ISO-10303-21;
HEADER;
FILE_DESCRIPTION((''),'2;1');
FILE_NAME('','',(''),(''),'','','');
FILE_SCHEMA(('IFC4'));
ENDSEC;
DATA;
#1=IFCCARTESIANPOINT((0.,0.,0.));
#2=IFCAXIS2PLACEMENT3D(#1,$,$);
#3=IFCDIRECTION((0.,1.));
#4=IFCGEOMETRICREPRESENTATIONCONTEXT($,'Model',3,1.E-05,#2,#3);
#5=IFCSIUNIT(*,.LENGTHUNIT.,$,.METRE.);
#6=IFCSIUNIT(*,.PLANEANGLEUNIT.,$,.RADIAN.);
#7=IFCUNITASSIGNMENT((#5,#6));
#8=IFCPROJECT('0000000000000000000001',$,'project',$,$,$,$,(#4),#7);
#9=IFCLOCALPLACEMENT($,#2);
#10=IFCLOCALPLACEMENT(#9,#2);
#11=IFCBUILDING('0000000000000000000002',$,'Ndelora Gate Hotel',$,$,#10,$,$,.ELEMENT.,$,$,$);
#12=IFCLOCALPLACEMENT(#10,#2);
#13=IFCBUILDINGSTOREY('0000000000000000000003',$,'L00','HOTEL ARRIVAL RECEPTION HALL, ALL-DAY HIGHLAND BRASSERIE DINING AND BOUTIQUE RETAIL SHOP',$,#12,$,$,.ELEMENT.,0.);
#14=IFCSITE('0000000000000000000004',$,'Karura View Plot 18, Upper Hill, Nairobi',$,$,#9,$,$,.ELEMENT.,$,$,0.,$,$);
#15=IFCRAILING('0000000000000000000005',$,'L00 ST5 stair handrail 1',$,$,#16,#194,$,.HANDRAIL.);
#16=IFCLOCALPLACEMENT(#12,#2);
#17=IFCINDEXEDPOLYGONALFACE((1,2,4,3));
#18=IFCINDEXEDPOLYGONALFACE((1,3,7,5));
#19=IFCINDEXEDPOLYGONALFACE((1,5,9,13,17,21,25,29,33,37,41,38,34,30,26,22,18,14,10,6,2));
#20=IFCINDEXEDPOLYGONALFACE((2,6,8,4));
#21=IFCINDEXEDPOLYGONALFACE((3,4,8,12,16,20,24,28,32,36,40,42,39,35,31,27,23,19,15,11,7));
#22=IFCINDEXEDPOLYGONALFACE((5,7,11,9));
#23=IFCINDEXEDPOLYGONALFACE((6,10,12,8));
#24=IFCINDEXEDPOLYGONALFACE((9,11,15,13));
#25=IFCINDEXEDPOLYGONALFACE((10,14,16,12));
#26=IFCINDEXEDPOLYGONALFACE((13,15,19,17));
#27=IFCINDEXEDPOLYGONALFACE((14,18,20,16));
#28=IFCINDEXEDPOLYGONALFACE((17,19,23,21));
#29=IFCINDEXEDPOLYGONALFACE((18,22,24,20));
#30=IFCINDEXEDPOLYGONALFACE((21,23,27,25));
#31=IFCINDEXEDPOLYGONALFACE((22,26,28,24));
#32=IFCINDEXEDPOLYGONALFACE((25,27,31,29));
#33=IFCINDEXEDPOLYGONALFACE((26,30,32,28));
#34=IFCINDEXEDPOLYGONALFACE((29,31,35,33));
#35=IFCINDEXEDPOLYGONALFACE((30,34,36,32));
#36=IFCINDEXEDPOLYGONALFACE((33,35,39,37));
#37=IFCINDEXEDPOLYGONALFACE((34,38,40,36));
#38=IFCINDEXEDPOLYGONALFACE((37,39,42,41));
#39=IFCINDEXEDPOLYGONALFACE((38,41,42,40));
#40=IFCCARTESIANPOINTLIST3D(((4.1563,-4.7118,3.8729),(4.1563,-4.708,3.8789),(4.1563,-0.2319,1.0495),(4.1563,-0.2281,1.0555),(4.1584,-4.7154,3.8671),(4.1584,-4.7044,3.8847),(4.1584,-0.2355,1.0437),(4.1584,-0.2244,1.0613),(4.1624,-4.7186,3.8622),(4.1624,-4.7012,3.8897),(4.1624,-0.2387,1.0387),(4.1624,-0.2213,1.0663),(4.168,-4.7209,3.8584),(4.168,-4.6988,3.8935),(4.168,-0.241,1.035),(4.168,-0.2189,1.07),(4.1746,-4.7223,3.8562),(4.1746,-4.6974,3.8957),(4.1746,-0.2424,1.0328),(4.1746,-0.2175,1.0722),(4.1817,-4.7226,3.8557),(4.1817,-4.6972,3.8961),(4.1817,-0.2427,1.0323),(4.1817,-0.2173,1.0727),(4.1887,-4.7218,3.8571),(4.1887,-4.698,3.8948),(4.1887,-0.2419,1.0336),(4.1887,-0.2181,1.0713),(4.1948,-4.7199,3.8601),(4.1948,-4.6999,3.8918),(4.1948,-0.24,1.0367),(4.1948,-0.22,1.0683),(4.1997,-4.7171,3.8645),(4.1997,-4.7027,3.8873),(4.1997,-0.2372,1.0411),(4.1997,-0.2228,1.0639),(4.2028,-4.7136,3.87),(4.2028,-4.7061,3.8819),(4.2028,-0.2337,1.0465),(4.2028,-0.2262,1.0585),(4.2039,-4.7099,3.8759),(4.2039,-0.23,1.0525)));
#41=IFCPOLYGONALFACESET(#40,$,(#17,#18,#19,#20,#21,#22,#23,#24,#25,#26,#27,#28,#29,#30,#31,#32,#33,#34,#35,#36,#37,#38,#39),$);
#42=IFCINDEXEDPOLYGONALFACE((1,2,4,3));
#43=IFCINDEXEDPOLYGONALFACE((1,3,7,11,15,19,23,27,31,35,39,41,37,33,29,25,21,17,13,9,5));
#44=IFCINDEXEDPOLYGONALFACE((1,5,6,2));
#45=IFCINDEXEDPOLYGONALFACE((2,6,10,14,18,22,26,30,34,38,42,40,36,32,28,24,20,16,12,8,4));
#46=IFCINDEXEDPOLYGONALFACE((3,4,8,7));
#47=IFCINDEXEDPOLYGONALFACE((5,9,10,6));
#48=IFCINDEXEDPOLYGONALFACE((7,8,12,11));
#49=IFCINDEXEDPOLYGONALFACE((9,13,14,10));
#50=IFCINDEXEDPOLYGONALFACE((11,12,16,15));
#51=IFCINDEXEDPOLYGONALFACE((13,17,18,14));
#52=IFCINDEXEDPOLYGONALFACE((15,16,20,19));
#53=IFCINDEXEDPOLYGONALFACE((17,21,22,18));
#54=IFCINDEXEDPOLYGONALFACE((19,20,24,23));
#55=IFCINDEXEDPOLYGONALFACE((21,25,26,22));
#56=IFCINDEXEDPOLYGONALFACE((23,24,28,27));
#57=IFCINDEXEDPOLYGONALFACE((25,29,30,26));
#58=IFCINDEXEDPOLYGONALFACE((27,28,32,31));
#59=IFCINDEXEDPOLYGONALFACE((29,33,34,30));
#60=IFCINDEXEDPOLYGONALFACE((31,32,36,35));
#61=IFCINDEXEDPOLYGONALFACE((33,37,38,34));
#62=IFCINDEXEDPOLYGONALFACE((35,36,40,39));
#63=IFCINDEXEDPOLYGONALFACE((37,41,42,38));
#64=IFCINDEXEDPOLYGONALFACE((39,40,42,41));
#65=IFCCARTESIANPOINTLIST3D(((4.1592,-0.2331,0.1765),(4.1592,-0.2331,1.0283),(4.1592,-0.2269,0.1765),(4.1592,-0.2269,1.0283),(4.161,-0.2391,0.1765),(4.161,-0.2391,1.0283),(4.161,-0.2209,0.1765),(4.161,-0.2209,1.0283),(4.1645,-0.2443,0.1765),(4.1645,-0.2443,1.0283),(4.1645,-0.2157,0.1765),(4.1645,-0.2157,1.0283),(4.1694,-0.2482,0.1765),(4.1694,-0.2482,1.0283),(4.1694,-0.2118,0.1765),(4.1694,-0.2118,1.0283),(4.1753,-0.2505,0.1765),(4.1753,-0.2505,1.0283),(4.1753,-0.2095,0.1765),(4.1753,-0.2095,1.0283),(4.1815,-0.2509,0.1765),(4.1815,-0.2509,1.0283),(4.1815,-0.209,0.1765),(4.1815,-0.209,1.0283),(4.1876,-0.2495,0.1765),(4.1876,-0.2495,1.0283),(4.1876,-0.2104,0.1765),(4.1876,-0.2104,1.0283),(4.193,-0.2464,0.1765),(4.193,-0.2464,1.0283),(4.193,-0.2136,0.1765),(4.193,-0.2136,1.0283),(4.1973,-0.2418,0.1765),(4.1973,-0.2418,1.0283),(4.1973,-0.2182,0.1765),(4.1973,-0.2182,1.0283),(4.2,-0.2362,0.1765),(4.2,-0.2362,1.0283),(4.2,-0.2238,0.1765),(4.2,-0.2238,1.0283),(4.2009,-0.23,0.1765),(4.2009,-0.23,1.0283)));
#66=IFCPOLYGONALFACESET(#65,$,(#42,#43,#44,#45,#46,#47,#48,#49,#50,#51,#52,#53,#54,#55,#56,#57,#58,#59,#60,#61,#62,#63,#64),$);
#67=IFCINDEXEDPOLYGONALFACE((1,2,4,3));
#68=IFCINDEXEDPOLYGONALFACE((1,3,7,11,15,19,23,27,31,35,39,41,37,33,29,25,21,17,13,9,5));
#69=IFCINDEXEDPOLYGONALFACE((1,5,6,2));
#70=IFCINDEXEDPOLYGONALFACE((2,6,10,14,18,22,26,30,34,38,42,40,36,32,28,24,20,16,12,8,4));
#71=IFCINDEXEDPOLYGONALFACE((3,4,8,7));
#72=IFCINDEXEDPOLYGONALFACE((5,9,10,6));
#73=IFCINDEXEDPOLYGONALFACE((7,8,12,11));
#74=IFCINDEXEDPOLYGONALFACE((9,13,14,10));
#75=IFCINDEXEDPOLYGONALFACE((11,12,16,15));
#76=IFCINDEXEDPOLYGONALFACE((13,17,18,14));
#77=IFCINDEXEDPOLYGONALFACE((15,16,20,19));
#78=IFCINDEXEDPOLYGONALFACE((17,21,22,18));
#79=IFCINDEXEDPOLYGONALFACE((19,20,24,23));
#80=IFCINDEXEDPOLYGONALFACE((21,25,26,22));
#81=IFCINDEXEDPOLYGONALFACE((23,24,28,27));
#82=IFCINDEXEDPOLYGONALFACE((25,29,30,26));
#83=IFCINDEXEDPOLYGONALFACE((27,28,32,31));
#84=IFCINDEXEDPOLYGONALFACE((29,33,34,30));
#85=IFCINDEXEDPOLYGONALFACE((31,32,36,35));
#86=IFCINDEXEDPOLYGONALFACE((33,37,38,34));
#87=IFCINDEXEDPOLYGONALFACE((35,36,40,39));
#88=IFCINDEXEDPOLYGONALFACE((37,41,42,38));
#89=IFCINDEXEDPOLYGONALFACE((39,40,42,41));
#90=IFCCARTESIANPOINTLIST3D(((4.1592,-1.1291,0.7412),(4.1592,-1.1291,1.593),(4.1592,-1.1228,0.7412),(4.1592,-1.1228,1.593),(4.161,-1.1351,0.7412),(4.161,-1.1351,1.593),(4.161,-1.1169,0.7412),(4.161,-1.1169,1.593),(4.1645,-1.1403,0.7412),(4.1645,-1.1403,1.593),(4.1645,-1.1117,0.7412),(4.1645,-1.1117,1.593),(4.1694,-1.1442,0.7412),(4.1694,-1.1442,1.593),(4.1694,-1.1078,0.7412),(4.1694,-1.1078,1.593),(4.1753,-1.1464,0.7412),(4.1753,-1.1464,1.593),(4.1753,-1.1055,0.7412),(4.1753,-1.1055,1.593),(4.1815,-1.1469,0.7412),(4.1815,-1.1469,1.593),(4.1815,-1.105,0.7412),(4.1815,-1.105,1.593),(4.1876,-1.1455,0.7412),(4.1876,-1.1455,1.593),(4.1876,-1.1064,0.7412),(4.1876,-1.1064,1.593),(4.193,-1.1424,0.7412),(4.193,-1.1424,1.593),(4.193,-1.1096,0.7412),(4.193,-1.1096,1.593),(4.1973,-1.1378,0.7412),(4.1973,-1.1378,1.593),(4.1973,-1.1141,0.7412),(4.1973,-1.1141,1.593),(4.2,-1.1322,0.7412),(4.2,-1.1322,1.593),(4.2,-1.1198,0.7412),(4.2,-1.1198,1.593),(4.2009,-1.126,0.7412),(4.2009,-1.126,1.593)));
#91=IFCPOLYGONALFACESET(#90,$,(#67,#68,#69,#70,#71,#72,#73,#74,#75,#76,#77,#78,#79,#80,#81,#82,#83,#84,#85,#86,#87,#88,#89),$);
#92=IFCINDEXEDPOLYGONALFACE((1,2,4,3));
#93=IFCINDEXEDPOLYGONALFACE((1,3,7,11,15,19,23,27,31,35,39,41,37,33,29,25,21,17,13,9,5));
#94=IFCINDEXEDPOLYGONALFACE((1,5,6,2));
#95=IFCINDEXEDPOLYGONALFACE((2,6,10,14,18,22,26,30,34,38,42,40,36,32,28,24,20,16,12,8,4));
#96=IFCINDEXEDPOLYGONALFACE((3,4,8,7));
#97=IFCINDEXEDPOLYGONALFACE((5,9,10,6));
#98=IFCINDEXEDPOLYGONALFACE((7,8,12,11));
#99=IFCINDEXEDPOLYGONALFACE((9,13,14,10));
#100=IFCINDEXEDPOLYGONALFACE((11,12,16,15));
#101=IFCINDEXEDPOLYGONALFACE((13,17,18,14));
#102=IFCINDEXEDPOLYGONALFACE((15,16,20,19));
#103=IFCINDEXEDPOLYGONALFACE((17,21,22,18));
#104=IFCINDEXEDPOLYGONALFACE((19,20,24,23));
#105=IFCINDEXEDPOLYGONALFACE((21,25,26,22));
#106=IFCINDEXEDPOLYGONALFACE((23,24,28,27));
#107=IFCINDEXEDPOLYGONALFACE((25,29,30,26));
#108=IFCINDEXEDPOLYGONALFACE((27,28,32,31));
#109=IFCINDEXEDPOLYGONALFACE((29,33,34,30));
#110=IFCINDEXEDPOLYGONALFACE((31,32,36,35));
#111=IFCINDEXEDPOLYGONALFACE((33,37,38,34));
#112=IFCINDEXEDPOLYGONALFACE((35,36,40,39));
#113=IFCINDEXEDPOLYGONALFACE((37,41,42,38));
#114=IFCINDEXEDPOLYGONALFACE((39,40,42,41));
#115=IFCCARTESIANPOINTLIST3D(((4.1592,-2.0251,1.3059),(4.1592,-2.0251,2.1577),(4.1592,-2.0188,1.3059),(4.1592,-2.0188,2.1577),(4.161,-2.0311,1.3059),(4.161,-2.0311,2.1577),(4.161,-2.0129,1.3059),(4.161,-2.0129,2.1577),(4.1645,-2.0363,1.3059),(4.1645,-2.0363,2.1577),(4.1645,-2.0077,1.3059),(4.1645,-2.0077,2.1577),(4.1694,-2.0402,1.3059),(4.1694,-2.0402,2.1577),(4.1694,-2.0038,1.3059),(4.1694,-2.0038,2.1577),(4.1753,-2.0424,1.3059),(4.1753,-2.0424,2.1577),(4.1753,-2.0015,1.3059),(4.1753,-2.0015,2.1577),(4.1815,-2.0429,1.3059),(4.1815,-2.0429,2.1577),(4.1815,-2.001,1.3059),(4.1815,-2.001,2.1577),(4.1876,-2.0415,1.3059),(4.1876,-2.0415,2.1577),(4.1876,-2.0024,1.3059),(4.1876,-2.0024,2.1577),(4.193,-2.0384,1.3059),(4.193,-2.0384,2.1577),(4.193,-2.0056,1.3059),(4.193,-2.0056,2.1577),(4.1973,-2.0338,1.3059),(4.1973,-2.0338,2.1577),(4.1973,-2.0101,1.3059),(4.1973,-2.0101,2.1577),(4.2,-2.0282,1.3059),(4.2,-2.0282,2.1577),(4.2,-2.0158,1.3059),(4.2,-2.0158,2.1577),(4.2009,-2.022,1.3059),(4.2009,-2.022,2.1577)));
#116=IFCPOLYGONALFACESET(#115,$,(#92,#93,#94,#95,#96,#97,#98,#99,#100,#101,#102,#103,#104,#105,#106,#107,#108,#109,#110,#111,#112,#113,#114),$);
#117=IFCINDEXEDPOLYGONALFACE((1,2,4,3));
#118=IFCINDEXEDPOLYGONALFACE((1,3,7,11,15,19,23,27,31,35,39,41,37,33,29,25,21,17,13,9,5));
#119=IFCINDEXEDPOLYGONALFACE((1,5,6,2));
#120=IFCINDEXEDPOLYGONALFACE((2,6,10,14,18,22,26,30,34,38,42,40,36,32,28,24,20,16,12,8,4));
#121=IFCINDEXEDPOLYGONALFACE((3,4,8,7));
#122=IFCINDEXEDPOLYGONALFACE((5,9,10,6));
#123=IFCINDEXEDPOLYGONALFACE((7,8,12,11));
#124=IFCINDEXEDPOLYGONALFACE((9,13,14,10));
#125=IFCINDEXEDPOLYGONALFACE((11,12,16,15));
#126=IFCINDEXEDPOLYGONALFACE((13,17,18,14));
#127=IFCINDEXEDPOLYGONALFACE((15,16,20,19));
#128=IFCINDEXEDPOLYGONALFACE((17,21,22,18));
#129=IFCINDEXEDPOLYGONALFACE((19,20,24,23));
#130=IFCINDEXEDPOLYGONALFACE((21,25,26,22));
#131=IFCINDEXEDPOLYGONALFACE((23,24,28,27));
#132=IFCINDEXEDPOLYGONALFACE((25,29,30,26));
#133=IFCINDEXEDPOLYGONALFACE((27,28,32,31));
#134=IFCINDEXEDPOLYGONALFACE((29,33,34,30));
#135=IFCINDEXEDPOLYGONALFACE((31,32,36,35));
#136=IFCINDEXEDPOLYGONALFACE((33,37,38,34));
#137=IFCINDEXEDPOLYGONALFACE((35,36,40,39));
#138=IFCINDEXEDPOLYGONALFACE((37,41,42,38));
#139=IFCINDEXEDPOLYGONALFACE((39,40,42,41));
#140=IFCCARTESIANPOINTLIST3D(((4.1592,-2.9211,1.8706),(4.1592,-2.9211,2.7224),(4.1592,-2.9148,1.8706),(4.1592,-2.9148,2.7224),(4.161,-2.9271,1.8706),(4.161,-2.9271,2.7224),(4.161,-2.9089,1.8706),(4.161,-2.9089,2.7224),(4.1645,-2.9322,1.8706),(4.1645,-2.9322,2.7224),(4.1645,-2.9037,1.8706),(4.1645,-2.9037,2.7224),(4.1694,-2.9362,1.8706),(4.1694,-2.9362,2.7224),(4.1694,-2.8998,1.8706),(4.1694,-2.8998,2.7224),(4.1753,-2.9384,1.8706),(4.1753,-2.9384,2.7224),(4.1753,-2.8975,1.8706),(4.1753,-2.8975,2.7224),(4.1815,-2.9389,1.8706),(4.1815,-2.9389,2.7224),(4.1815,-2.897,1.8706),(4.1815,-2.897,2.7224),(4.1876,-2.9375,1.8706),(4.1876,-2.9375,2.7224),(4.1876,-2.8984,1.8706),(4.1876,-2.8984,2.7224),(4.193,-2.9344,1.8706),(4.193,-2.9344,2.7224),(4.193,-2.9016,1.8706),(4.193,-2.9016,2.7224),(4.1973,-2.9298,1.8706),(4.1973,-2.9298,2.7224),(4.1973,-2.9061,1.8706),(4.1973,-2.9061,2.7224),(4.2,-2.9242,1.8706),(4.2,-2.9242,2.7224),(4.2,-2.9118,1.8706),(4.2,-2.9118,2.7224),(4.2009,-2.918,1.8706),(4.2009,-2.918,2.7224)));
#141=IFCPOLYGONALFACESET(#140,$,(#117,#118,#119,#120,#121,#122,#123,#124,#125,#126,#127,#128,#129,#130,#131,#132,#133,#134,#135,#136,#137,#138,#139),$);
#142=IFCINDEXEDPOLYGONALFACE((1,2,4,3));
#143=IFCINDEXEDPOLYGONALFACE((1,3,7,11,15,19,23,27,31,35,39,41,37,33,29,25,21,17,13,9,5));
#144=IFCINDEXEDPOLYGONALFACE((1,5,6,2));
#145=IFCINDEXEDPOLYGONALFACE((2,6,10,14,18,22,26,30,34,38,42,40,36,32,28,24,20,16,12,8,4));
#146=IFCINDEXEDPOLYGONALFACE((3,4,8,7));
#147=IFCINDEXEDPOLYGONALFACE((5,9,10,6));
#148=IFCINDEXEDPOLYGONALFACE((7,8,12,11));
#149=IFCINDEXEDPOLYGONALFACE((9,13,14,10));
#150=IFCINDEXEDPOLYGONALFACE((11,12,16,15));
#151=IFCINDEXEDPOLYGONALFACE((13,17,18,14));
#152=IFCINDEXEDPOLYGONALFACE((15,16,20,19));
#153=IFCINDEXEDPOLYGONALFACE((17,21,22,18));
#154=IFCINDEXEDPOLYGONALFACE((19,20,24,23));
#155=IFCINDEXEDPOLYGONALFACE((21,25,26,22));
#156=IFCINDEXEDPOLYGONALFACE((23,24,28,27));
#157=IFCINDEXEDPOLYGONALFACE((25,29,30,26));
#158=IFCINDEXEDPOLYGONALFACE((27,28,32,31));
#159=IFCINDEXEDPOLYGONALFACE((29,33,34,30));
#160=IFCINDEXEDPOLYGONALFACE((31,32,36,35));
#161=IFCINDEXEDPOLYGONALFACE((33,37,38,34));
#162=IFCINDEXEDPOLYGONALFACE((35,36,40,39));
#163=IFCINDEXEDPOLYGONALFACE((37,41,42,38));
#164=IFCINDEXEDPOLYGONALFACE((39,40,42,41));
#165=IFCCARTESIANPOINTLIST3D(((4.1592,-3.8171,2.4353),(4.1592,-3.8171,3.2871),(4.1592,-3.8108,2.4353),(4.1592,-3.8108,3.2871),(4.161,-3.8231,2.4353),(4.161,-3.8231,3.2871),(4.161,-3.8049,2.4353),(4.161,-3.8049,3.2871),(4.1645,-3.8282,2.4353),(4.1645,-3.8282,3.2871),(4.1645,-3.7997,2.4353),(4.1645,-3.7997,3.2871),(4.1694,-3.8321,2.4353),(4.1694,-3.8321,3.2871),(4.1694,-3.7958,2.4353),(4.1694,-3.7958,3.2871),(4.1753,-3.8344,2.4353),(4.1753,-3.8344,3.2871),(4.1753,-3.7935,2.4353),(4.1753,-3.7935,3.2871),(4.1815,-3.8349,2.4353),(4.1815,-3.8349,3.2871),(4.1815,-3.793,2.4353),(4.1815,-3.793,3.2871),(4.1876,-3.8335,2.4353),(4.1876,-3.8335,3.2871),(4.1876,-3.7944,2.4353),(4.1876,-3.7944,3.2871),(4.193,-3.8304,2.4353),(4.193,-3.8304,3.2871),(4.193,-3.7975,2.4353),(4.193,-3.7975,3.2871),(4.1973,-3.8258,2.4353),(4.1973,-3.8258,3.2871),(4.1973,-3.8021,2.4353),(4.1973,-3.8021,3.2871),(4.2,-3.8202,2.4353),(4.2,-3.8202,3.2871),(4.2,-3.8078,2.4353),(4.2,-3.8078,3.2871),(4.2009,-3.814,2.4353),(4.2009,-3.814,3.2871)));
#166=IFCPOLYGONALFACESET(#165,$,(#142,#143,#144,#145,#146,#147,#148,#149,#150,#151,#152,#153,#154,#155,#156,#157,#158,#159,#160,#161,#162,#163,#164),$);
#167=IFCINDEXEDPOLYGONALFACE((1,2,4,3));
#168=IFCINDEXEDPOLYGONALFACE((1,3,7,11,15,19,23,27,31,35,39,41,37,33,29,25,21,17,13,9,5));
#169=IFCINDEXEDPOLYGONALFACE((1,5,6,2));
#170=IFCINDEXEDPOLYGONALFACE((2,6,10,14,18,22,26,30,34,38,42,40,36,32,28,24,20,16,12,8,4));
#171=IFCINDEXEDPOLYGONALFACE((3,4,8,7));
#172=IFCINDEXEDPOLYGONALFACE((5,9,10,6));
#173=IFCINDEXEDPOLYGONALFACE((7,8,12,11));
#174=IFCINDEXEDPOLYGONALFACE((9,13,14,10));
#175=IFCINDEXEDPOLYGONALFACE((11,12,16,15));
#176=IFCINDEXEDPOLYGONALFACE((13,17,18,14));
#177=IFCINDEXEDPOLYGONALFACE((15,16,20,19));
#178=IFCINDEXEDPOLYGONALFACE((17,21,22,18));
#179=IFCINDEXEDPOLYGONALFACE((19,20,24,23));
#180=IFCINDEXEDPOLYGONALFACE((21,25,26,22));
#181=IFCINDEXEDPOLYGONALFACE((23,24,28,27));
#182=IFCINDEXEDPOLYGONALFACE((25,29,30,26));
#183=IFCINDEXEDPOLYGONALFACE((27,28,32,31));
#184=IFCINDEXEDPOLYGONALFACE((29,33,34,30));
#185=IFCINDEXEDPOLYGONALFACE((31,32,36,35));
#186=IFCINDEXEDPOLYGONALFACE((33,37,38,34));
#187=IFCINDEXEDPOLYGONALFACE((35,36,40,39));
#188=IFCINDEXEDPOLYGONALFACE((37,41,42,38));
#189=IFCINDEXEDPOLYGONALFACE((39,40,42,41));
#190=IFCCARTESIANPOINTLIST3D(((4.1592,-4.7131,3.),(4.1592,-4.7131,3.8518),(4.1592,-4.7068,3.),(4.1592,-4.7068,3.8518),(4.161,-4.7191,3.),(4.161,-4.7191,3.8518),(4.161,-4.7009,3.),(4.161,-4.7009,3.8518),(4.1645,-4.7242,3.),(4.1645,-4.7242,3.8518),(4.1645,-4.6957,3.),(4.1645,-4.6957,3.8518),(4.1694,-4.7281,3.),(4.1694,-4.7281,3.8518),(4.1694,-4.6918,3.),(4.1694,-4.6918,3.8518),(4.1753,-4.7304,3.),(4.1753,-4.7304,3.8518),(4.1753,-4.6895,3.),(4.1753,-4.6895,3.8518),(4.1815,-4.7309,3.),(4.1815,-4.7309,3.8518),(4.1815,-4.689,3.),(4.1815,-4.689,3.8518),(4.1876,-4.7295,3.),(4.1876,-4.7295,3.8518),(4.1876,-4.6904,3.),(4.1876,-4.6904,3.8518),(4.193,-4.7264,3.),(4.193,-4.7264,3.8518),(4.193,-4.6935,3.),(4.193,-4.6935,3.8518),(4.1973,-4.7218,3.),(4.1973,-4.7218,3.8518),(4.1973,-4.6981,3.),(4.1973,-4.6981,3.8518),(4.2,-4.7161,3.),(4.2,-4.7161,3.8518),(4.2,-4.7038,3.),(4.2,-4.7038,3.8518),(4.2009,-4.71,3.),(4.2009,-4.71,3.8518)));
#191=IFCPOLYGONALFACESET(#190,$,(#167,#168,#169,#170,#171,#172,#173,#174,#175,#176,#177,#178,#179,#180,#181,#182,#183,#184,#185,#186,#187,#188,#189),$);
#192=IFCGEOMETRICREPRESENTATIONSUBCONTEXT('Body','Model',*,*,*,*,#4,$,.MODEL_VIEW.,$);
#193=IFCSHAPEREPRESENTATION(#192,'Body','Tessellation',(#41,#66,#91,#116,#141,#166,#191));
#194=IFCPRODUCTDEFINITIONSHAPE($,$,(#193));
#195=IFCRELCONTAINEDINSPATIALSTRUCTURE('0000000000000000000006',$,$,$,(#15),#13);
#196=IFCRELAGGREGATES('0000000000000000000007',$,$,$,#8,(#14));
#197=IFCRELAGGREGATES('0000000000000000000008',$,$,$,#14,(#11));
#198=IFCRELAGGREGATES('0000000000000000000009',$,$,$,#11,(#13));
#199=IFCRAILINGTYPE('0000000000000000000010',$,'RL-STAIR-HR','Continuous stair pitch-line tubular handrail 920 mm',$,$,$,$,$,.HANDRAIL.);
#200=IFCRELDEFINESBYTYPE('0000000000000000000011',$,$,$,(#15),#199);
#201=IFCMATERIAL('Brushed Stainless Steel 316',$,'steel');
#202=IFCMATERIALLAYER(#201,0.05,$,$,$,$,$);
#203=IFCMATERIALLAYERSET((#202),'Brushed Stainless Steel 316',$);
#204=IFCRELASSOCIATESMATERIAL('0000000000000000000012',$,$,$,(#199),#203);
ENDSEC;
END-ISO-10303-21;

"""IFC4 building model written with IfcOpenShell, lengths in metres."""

from ifc_helpers import new_model, si_unit, direction, frame, origin, origin_2d, place, context, subcontext, project, spatial, circle, extrude, material, layer, layer_set, type_object, element, save


model = new_model("IFC4")

# Units and contexts
model_context = context("Model", 3, precision=1e-05, world=origin(), true_north=direction((0.0, 1.0)))
body_context = subcontext(model_context, "Body", "Model", "MODEL_VIEW")
ifc_project = project(units=[si_unit("LENGTHUNIT", "METRE"), si_unit("PLANEANGLEUNIT", "RADIAN")], contexts=[model_context])

# Site, building, storey
site_placement = place(None, origin())
site = spatial("IfcSite", under=ifc_project, at=site_placement, Name="Karura View Plot 18, Upper Hill, Nairobi", CompositionType="ELEMENT", RefElevation=0.0)
building_placement = place(site_placement, origin())
building = spatial("IfcBuilding", under=site, at=building_placement, Name="Ndelora Gate Hotel", CompositionType="ELEMENT")
storey_placement = place(building_placement, origin())
storey = spatial("IfcBuildingStorey", under=building, at=storey_placement, Name="L00", Description="HOTEL ARRIVAL RECEPTION HALL, ALL-DAY HIGHLAND BRASSERIE DINING AND BOUTIQUE RETAIL SHOP", CompositionType="ELEMENT", Elevation=0.0)

# Railing
ifc_material_1 = material(Name="Brushed Stainless Steel 316", Category="steel")
ifc_layer_1 = layer(ifc_material_1, 0.05)
ifc_layer_set_1 = layer_set([ifc_layer_1], Name="Brushed Stainless Steel 316")
railing_type_1 = type_object("IfcRailingType", Name="RL-STAIR-HR", Description="Continuous stair pitch-line tubular handrail 920 mm", PredefinedType="HANDRAIL", material=ifc_layer_set_1)
railing_1_placement = place(storey_placement, frame((4.1799, -0.23, 0.1765)))
element("IfcRailing", 1, at=railing_1_placement, inside=storey, type_object=railing_type_1, Name="L00 ST5 stair handrail 1", PredefinedType="HANDRAIL", context=body_context, shape_type="SweptSolid", body=[
    extrude(circle(Radius=0.0239, at=origin_2d()), frame((0.0, 0.0, 0.876), z_axis=(0.0, -0.845998, 0.533186), x_axis=(1.0, 0.0, 0.0)), (0.0, 0.0, 1.0), 5.2954),
    extrude(circle(Radius=0.021, at=origin_2d()), origin(), (0.0, 0.0, 1.0), 0.8518),
    extrude(circle(Radius=0.021, at=origin_2d()), frame((0.0, -0.896, 0.5647)), (0.0, 0.0, 1.0), 0.8518),
    extrude(circle(Radius=0.021, at=origin_2d()), frame((0.0, -1.792, 1.1294)), (0.0, 0.0, 1.0), 0.8518),
    extrude(circle(Radius=0.021, at=origin_2d()), frame((0.0, -2.688, 1.6941)), (0.0, 0.0, 1.0), 0.8518),
    extrude(circle(Radius=0.021, at=origin_2d()), frame((0.0, -3.584, 2.2588)), (0.0, 0.0, 1.0), 0.8518),
    extrude(circle(Radius=0.021, at=origin_2d()), frame((0.0, -4.48, 2.8235)), (0.0, 0.0, 1.0), 0.8518),
])

save(model, "model.ifc")
